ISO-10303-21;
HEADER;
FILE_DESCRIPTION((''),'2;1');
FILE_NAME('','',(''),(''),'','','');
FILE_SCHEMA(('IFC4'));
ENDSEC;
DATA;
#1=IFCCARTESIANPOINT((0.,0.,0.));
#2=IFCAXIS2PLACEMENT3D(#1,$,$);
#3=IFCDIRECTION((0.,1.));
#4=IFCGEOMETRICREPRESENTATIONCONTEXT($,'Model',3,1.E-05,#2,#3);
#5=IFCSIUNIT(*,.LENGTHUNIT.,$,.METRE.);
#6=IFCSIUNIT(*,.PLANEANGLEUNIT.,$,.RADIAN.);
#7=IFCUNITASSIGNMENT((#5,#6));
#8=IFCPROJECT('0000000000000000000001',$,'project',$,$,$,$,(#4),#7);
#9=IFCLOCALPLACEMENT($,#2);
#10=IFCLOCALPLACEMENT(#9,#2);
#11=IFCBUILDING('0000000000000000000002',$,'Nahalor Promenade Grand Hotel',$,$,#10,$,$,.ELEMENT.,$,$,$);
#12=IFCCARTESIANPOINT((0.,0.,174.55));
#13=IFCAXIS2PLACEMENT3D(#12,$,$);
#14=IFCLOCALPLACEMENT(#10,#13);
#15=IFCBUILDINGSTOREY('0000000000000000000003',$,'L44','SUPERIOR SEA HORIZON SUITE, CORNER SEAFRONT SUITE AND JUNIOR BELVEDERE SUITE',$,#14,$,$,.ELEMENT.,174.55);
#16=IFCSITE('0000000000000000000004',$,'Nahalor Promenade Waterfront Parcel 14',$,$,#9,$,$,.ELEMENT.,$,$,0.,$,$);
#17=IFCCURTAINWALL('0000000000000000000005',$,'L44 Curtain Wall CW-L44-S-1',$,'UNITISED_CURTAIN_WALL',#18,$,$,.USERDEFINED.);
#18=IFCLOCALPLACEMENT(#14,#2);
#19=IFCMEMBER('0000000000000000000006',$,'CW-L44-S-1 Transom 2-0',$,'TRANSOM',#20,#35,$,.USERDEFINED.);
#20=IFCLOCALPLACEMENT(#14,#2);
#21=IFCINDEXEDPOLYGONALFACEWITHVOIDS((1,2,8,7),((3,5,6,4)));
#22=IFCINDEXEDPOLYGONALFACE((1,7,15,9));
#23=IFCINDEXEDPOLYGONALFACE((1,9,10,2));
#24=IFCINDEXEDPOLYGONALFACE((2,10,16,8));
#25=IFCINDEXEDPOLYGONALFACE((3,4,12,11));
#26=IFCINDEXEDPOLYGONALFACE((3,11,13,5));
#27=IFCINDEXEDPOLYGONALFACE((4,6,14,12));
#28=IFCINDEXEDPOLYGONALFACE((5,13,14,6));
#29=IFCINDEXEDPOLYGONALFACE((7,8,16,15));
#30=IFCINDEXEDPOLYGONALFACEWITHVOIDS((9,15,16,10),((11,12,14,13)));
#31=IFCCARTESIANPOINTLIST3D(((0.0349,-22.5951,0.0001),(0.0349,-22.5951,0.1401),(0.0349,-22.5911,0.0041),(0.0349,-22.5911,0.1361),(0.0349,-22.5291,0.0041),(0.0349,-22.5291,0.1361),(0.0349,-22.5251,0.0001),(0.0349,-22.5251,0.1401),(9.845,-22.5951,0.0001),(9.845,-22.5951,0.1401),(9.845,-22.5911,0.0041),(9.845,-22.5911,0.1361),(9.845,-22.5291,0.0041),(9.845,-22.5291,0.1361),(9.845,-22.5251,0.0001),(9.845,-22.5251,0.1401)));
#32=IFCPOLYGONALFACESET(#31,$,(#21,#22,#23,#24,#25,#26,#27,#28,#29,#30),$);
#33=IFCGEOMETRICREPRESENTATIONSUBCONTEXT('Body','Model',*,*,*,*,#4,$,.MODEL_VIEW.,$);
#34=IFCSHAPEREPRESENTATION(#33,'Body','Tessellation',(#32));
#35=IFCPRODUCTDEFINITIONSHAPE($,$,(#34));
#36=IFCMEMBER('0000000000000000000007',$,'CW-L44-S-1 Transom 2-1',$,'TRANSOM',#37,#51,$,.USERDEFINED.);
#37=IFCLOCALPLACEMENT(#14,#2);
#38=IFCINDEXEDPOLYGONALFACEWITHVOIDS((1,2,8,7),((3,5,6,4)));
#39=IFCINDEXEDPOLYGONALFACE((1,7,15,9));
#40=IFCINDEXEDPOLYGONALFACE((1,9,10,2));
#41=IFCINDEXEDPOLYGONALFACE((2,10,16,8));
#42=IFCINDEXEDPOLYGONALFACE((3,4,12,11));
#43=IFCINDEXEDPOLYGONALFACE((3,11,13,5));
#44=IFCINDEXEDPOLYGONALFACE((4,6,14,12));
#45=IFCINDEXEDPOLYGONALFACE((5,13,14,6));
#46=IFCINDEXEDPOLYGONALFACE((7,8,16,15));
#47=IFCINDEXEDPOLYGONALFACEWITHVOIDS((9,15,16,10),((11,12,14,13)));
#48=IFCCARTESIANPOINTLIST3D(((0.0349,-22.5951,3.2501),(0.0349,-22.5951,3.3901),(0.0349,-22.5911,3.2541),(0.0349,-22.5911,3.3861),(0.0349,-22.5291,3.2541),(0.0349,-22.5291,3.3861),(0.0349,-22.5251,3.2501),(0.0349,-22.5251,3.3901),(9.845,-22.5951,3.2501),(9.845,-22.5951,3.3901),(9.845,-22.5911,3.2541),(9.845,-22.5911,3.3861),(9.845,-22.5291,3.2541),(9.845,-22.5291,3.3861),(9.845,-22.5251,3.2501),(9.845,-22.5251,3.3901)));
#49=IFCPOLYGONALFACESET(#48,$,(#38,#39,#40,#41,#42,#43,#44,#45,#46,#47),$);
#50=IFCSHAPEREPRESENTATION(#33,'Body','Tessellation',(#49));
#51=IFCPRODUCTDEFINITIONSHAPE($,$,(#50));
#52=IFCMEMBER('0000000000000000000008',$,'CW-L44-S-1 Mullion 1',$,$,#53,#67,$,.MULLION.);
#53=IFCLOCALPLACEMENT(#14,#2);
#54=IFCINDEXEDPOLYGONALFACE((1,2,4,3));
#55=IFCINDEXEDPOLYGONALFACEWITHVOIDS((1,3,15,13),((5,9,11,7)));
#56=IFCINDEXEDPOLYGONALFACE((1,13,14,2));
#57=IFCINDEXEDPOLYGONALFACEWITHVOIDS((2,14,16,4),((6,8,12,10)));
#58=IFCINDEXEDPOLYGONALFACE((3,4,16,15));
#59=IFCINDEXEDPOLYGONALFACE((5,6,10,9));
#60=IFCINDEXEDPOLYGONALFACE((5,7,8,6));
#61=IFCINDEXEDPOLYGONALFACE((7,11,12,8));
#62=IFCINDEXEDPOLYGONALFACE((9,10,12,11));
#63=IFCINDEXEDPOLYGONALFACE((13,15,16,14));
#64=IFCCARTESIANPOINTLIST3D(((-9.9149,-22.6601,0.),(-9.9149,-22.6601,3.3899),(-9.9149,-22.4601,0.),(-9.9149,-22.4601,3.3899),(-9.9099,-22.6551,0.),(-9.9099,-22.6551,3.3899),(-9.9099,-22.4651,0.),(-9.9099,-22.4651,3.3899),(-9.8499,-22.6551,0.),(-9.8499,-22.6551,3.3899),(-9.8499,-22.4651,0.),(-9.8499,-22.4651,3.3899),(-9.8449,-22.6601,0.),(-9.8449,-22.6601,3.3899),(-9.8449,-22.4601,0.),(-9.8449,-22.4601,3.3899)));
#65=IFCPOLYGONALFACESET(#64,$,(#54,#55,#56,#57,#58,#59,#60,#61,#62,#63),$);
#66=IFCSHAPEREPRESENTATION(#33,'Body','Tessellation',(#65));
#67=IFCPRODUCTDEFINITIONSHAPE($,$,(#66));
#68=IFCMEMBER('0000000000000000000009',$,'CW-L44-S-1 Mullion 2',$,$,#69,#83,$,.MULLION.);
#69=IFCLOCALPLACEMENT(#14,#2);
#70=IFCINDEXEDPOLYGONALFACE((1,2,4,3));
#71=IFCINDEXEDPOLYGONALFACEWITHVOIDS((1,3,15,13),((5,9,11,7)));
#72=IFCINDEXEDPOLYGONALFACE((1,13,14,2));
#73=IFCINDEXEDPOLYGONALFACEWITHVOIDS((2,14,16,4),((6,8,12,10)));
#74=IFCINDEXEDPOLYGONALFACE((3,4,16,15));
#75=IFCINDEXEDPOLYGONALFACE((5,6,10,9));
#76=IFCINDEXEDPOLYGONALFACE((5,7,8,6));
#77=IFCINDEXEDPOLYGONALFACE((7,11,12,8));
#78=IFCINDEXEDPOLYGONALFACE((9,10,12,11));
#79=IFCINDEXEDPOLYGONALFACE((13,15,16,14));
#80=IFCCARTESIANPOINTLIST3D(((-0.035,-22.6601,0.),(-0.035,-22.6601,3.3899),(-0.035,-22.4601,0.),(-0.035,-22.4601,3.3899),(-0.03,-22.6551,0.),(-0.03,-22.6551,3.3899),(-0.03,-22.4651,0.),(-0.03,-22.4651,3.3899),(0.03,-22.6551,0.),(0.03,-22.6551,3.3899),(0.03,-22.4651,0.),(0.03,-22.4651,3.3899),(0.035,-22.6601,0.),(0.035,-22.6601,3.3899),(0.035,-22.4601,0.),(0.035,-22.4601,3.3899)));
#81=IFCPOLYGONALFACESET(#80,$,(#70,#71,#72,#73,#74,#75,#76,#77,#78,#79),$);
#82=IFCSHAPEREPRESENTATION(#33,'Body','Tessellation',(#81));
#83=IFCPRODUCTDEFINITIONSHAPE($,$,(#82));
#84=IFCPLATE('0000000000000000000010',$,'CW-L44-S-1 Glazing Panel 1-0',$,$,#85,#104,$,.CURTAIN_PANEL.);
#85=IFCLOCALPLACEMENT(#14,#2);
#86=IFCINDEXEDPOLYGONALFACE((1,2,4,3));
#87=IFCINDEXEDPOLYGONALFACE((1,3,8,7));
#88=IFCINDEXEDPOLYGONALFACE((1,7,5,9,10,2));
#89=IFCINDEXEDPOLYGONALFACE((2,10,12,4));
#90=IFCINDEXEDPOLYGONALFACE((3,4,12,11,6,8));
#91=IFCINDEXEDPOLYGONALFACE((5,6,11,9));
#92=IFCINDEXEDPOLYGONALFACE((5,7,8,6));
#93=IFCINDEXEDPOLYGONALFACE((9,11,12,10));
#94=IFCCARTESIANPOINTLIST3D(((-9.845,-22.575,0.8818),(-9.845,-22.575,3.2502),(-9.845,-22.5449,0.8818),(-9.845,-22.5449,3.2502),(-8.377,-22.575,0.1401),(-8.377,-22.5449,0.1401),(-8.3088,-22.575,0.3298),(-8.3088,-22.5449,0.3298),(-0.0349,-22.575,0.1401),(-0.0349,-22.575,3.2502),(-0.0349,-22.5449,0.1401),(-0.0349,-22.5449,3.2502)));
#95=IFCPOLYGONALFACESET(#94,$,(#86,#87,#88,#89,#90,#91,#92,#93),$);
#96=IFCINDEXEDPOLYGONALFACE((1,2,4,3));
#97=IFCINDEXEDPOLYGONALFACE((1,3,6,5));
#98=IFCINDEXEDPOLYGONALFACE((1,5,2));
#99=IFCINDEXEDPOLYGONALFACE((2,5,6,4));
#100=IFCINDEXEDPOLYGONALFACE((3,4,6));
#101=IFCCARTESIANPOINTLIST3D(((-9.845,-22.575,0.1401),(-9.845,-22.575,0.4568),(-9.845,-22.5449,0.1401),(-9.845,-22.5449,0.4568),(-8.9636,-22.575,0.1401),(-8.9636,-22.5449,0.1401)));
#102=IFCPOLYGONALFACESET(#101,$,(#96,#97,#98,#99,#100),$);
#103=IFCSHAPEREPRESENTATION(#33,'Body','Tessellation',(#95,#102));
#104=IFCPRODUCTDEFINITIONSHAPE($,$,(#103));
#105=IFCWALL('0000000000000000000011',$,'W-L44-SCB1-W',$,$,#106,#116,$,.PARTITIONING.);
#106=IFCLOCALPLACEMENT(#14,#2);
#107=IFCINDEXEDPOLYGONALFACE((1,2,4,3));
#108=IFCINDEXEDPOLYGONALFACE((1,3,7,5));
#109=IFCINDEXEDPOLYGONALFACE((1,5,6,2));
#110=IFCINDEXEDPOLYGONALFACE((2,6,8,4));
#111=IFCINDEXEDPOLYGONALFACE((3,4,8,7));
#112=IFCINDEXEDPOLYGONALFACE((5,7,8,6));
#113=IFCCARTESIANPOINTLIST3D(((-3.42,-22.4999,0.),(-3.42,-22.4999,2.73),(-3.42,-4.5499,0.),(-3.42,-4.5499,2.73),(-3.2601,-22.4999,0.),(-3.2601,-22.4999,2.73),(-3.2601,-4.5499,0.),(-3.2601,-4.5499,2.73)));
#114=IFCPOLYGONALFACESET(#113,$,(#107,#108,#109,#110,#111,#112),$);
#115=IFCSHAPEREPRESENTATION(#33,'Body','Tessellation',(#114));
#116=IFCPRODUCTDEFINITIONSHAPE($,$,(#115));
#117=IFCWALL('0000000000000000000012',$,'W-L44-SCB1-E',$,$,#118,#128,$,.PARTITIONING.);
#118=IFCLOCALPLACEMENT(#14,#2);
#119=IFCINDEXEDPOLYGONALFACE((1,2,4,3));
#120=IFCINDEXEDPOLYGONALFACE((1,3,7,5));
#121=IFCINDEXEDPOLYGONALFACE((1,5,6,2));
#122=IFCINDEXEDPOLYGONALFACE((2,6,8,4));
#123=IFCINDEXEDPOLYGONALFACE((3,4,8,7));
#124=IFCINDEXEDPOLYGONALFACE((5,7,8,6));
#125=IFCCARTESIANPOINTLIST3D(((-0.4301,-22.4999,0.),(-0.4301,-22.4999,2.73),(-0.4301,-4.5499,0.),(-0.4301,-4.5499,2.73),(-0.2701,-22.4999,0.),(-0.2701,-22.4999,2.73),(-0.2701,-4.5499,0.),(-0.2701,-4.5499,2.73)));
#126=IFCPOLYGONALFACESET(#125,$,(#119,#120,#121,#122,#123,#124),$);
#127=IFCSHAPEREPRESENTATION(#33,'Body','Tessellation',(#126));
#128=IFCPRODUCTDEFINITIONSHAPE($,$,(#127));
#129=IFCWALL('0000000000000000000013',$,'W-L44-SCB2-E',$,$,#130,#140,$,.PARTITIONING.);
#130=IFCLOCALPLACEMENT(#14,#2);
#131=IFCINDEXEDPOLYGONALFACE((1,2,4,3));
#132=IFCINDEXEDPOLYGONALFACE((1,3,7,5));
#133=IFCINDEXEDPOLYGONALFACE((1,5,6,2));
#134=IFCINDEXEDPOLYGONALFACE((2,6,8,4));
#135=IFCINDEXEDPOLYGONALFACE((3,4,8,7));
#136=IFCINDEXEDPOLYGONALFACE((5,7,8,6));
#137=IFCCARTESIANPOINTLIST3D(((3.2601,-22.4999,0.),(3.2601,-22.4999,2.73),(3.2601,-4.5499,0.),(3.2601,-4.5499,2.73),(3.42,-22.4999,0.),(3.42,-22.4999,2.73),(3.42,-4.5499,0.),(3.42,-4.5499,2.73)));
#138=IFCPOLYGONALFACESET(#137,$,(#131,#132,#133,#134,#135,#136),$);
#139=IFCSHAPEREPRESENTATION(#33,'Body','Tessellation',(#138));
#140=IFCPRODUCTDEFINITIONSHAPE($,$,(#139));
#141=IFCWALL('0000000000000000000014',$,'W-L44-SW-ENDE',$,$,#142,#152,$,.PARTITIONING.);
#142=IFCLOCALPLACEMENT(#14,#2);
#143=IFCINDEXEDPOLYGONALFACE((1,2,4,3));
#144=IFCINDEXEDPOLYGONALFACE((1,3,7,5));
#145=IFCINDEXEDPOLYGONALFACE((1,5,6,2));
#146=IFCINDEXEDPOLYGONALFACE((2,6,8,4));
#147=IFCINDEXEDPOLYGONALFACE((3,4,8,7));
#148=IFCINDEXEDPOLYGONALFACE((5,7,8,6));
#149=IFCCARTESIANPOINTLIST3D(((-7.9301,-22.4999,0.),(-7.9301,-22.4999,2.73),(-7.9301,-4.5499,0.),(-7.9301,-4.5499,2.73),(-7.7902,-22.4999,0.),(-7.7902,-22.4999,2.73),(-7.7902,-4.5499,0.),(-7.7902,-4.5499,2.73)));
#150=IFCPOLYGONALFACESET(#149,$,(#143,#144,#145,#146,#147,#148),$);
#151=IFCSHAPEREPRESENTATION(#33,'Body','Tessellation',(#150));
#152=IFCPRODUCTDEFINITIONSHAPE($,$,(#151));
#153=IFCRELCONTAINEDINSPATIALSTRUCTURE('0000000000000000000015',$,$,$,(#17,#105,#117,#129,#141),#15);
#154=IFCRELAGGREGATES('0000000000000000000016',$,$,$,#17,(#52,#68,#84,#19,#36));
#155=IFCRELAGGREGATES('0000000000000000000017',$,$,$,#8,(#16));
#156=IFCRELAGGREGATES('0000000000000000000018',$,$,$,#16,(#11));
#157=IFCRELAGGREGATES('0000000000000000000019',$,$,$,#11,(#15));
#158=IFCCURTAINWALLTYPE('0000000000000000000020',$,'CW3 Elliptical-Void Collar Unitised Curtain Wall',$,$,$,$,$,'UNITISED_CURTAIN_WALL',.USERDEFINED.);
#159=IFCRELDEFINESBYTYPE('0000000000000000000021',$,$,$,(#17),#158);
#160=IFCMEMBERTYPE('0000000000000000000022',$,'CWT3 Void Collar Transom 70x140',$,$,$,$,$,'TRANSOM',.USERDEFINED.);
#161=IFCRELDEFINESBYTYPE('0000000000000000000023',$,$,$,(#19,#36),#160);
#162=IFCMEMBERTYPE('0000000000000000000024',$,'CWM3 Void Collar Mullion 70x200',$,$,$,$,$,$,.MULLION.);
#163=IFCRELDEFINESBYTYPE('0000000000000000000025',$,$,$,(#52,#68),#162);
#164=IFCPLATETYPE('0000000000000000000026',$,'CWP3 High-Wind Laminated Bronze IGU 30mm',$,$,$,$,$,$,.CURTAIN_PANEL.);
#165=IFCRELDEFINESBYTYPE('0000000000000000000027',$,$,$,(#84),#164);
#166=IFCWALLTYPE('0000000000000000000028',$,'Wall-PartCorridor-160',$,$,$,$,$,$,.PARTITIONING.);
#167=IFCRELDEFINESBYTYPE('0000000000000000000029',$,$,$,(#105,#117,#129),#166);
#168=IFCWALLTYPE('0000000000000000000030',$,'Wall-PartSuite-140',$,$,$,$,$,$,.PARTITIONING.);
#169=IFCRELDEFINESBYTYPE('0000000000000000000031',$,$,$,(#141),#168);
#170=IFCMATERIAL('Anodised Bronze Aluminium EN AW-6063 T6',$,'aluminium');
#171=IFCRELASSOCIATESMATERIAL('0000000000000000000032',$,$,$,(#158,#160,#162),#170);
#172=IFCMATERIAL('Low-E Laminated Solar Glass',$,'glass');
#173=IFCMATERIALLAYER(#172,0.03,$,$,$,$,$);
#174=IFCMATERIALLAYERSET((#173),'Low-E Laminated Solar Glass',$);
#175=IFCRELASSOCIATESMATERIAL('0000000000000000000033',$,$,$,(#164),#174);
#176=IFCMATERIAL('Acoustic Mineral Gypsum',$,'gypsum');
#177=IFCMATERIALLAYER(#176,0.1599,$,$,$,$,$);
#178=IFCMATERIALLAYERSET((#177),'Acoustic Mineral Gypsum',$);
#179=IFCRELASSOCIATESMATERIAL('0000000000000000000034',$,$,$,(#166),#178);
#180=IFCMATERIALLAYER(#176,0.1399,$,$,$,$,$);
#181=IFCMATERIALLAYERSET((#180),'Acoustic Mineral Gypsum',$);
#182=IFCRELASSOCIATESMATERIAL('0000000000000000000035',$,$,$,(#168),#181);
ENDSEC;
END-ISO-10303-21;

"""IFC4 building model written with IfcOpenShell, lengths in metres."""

from ifc_helpers import new_model, si_unit, direction, frame, frame_2d, origin, origin_2d, place, context, subcontext, project, spatial, polyline, rectangle, hollow_rectangle, outline, extrude, source, transform, mapped, material, layer, layer_set, material_profile, profile_set, type_object, element, aggregate, save


model = new_model("IFC4")

# Units and contexts
model_context = context("Model", 3, precision=1e-05, world=origin(), true_north=direction((0.0, 1.0)))
body_context = subcontext(model_context, "Body", "Model", "MODEL_VIEW")
ifc_project = project(units=[si_unit("LENGTHUNIT", "METRE"), si_unit("PLANEANGLEUNIT", "RADIAN")], contexts=[model_context])

# Site, building, storey
site_placement = place(None, origin())
site = spatial("IfcSite", under=ifc_project, at=site_placement, Name="Nahalor Promenade Waterfront Parcel 14", CompositionType="ELEMENT", RefElevation=0.0)
building_placement = place(site_placement, origin())
building = spatial("IfcBuilding", under=site, at=building_placement, Name="Nahalor Promenade Grand Hotel", CompositionType="ELEMENT")
storey_placement = place(building_placement, frame((0.0, 0.0, 174.55)))
storey = spatial("IfcBuildingStorey", under=building, at=storey_placement, Name="L44", Description="SUPERIOR SEA HORIZON SUITE, CORNER SEAFRONT SUITE AND JUNIOR BELVEDERE SUITE", CompositionType="ELEMENT", Elevation=174.55)

# Curtain wall, members, plate
ifc_material_1 = material(Name="Anodised Bronze Aluminium EN AW-6063 T6", Category="aluminium")
curtain_wall_type = type_object("IfcCurtainWallType", Name="CW3 Elliptical-Void Collar Unitised Curtain Wall", ElementType="UNITISED_CURTAIN_WALL", PredefinedType="USERDEFINED", material=ifc_material_1)
curtain_wall_placement = place(storey_placement, origin())
curtain_wall = element("IfcCurtainWall", 1, at=curtain_wall_placement, inside=storey, type_object=curtain_wall_type, Name="L44 Curtain Wall CW-L44-S-1", ObjectType="UNITISED_CURTAIN_WALL", PredefinedType="USERDEFINED")
ifc_material_profile_1 = material_profile(ifc_material_1, hollow_rectangle(XDim=0.07, YDim=0.14, WallThickness=0.004, at=origin_2d()), Name="CWT 70x140x4")
ifc_profile_set_1 = profile_set([ifc_material_profile_1], Name="Anodised Bronze Aluminium EN AW-6063 T6")
member_type_1 = type_object("IfcMemberType", Name="CWT3 Void Collar Transom 70x140", ElementType="TRANSOM", PredefinedType="USERDEFINED", material=ifc_profile_set_1)
shared_shape_1 = source(origin(), body_context, "Body", "SweptSolid", [
    extrude(hollow_rectangle(XDim=0.07, YDim=0.14, WallThickness=0.004, at=origin_2d()), origin(), (0.0, 0.0, 1.0), 9.8101),
])
member_1_placement = place(storey_placement, frame((0.0349, -22.5601, 0.0701), z_axis=(1.0, 0.0, 0.0), x_axis=(0.0, 1.0, 0.0)))
member_1 = element("IfcMember", 2, at=member_1_placement, type_object=member_type_1, Name="CW-L44-S-1 Transom 2-0", ObjectType="TRANSOM", PredefinedType="USERDEFINED", context=body_context, shape_type="MappedRepresentation", body=[
    mapped(shared_shape_1, transform((0.0, 0.0, 0.0), scale=1.0)),
])
member_2_placement = place(storey_placement, frame((0.0349, -22.5601, 3.3201), z_axis=(1.0, 0.0, 0.0), x_axis=(0.0, 1.0, 0.0)))
member_2 = element("IfcMember", 3, at=member_2_placement, type_object=member_type_1, Name="CW-L44-S-1 Transom 2-1", ObjectType="TRANSOM", PredefinedType="USERDEFINED", context=body_context, shape_type="MappedRepresentation", body=[
    mapped(shared_shape_1, transform((0.0, 0.0, 0.0), scale=1.0)),
])
ifc_material_profile_2 = material_profile(ifc_material_1, hollow_rectangle(XDim=0.07, YDim=0.2, WallThickness=0.005, at=origin_2d()), Name="CWM 70x200x5")
ifc_profile_set_2 = profile_set([ifc_material_profile_2], Name="Anodised Bronze Aluminium EN AW-6063 T6")
member_type_2 = type_object("IfcMemberType", Name="CWM3 Void Collar Mullion 70x200", PredefinedType="MULLION", material=ifc_profile_set_2)
shared_shape_2 = source(origin(), body_context, "Body", "SweptSolid", [
    extrude(hollow_rectangle(XDim=0.07, YDim=0.2, WallThickness=0.005, at=origin_2d()), origin(), (0.0, 0.0, 1.0), 3.3899),
])
member_3_placement = place(storey_placement, frame((-9.8799, -22.5601, 0.0), z_axis=(0.0, 0.0, 1.0), x_axis=(1.0, 0.0, 0.0)))
member_3 = element("IfcMember", 4, at=member_3_placement, type_object=member_type_2, Name="CW-L44-S-1 Mullion 1", PredefinedType="MULLION", context=body_context, shape_type="MappedRepresentation", body=[
    mapped(shared_shape_2, transform((0.0, 0.0, 0.0), scale=1.0)),
])
member_4_placement = place(storey_placement, frame((0.0, -22.5601, 0.0), z_axis=(0.0, 0.0, 1.0), x_axis=(1.0, 0.0, 0.0)))
member_4 = element("IfcMember", 5, at=member_4_placement, type_object=member_type_2, Name="CW-L44-S-1 Mullion 2", PredefinedType="MULLION", context=body_context, shape_type="MappedRepresentation", body=[
    mapped(shared_shape_2, transform((0.0, 0.0, 0.0), scale=1.0)),
])
ifc_material_2 = material(Name="Low-E Laminated Solar Glass", Category="glass")
ifc_layer_1 = layer(ifc_material_2, 0.03)
ifc_layer_set_1 = layer_set([ifc_layer_1], Name="Low-E Laminated Solar Glass")
plate_type = type_object("IfcPlateType", Name="CWP3 High-Wind Laminated Bronze IGU 30mm", PredefinedType="CURTAIN_PANEL", material=ifc_layer_set_1)
plate_placement = place(storey_placement, frame((-4.9399, -22.5601, 0.1401), z_axis=(0.0, 0.0, 1.0), x_axis=(1.0, 0.0, 0.0)))
plate = element("IfcPlate", 6, at=plate_placement, type_object=plate_type, Name="CW-L44-S-1 Glazing Panel 1-0", PredefinedType="CURTAIN_PANEL", context=body_context, shape_type="SweptSolid", body=[
    extrude(outline(polyline([(4.905, 3.1101), (-4.905, 3.1101), (-4.905, 0.7417), (-3.3689, 0.1897), (-3.437, 0.0), (4.905, 0.0), (4.905, 3.1101)])), frame((0.0, 0.0151, 0.0), z_axis=(0.0, -1.0, 0.0), x_axis=(1.0, 0.0, 0.0)), (0.0, 0.0, 1.0), 0.03),
    extrude(outline(polyline([(-4.905, 0.3167), (-4.905, 0.0), (-4.0237, 0.0), (-4.905, 0.3167)])), frame((0.0, 0.0151, 0.0), z_axis=(0.0, -1.0, 0.0), x_axis=(1.0, 0.0, 0.0)), (0.0, 0.0, 1.0), 0.03),
])
aggregate(curtain_wall, [member_3, member_4, plate, member_1, member_2])

# Walls
ifc_material_3 = material(Name="Acoustic Mineral Gypsum", Category="gypsum")
ifc_layer_2 = layer(ifc_material_3, 0.1599)
ifc_layer_set_2 = layer_set([ifc_layer_2], Name="Acoustic Mineral Gypsum")
wall_type_1 = type_object("IfcWallType", Name="Wall-PartCorridor-160", PredefinedType="PARTITIONING", material=ifc_layer_set_2)
shared_shape_3 = source(origin(), body_context, "Body", "SweptSolid", [
    extrude(rectangle(XDim=17.95, YDim=0.1599, at=frame_2d((8.9751, 0.0))), origin(), (0.0, 0.0, 1.0), 2.73),
])
for number, where, z_axis, x_axis, name in (
    (7, (-3.3401, -22.5, 0.0), (0.0, 0.0, 1.0), (0.0, 1.0, 0.0), "W-L44-SCB1-W"),
    (8, (-0.3501, -22.5, 0.0), (0.0, 0.0, 1.0), (0.0, 1.0, 0.0), "W-L44-SCB1-E"),
    (9, (3.3401, -22.5, 0.0), (0.0, 0.0, 1.0), (0.0, 1.0, 0.0), "W-L44-SCB2-E"),
):
    element("IfcWall", number, at=place(storey_placement, frame(where, z_axis=z_axis, x_axis=x_axis)), inside=storey, type_object=wall_type_1, Name=name, PredefinedType="PARTITIONING", context=body_context, shape_type="MappedRepresentation", body=[
        mapped(shared_shape_3, transform((0.0, 0.0, 0.0), scale=1.0)),
    ])
ifc_layer_3 = layer(ifc_material_3, 0.1399)
ifc_layer_set_3 = layer_set([ifc_layer_3], Name="Acoustic Mineral Gypsum")
wall_type_2 = type_object("IfcWallType", Name="Wall-PartSuite-140", PredefinedType="PARTITIONING", material=ifc_layer_set_3)
shared_shape_4 = source(origin(), body_context, "Body", "SweptSolid", [
    extrude(rectangle(XDim=17.95, YDim=0.1399, at=frame_2d((8.9751, 0.0))), origin(), (0.0, 0.0, 1.0), 2.73),
])
wall_placement = place(storey_placement, frame((-7.8601, -22.5, 0.0), z_axis=(0.0, 0.0, 1.0), x_axis=(0.0, 1.0, 0.0)))
element("IfcWall", 10, at=wall_placement, inside=storey, type_object=wall_type_2, Name="W-L44-SW-ENDE", PredefinedType="PARTITIONING", context=body_context, shape_type="MappedRepresentation", body=[
    mapped(shared_shape_4, transform((0.0, 0.0, 0.0), scale=1.0)),
])

save(model, "model.ifc")
